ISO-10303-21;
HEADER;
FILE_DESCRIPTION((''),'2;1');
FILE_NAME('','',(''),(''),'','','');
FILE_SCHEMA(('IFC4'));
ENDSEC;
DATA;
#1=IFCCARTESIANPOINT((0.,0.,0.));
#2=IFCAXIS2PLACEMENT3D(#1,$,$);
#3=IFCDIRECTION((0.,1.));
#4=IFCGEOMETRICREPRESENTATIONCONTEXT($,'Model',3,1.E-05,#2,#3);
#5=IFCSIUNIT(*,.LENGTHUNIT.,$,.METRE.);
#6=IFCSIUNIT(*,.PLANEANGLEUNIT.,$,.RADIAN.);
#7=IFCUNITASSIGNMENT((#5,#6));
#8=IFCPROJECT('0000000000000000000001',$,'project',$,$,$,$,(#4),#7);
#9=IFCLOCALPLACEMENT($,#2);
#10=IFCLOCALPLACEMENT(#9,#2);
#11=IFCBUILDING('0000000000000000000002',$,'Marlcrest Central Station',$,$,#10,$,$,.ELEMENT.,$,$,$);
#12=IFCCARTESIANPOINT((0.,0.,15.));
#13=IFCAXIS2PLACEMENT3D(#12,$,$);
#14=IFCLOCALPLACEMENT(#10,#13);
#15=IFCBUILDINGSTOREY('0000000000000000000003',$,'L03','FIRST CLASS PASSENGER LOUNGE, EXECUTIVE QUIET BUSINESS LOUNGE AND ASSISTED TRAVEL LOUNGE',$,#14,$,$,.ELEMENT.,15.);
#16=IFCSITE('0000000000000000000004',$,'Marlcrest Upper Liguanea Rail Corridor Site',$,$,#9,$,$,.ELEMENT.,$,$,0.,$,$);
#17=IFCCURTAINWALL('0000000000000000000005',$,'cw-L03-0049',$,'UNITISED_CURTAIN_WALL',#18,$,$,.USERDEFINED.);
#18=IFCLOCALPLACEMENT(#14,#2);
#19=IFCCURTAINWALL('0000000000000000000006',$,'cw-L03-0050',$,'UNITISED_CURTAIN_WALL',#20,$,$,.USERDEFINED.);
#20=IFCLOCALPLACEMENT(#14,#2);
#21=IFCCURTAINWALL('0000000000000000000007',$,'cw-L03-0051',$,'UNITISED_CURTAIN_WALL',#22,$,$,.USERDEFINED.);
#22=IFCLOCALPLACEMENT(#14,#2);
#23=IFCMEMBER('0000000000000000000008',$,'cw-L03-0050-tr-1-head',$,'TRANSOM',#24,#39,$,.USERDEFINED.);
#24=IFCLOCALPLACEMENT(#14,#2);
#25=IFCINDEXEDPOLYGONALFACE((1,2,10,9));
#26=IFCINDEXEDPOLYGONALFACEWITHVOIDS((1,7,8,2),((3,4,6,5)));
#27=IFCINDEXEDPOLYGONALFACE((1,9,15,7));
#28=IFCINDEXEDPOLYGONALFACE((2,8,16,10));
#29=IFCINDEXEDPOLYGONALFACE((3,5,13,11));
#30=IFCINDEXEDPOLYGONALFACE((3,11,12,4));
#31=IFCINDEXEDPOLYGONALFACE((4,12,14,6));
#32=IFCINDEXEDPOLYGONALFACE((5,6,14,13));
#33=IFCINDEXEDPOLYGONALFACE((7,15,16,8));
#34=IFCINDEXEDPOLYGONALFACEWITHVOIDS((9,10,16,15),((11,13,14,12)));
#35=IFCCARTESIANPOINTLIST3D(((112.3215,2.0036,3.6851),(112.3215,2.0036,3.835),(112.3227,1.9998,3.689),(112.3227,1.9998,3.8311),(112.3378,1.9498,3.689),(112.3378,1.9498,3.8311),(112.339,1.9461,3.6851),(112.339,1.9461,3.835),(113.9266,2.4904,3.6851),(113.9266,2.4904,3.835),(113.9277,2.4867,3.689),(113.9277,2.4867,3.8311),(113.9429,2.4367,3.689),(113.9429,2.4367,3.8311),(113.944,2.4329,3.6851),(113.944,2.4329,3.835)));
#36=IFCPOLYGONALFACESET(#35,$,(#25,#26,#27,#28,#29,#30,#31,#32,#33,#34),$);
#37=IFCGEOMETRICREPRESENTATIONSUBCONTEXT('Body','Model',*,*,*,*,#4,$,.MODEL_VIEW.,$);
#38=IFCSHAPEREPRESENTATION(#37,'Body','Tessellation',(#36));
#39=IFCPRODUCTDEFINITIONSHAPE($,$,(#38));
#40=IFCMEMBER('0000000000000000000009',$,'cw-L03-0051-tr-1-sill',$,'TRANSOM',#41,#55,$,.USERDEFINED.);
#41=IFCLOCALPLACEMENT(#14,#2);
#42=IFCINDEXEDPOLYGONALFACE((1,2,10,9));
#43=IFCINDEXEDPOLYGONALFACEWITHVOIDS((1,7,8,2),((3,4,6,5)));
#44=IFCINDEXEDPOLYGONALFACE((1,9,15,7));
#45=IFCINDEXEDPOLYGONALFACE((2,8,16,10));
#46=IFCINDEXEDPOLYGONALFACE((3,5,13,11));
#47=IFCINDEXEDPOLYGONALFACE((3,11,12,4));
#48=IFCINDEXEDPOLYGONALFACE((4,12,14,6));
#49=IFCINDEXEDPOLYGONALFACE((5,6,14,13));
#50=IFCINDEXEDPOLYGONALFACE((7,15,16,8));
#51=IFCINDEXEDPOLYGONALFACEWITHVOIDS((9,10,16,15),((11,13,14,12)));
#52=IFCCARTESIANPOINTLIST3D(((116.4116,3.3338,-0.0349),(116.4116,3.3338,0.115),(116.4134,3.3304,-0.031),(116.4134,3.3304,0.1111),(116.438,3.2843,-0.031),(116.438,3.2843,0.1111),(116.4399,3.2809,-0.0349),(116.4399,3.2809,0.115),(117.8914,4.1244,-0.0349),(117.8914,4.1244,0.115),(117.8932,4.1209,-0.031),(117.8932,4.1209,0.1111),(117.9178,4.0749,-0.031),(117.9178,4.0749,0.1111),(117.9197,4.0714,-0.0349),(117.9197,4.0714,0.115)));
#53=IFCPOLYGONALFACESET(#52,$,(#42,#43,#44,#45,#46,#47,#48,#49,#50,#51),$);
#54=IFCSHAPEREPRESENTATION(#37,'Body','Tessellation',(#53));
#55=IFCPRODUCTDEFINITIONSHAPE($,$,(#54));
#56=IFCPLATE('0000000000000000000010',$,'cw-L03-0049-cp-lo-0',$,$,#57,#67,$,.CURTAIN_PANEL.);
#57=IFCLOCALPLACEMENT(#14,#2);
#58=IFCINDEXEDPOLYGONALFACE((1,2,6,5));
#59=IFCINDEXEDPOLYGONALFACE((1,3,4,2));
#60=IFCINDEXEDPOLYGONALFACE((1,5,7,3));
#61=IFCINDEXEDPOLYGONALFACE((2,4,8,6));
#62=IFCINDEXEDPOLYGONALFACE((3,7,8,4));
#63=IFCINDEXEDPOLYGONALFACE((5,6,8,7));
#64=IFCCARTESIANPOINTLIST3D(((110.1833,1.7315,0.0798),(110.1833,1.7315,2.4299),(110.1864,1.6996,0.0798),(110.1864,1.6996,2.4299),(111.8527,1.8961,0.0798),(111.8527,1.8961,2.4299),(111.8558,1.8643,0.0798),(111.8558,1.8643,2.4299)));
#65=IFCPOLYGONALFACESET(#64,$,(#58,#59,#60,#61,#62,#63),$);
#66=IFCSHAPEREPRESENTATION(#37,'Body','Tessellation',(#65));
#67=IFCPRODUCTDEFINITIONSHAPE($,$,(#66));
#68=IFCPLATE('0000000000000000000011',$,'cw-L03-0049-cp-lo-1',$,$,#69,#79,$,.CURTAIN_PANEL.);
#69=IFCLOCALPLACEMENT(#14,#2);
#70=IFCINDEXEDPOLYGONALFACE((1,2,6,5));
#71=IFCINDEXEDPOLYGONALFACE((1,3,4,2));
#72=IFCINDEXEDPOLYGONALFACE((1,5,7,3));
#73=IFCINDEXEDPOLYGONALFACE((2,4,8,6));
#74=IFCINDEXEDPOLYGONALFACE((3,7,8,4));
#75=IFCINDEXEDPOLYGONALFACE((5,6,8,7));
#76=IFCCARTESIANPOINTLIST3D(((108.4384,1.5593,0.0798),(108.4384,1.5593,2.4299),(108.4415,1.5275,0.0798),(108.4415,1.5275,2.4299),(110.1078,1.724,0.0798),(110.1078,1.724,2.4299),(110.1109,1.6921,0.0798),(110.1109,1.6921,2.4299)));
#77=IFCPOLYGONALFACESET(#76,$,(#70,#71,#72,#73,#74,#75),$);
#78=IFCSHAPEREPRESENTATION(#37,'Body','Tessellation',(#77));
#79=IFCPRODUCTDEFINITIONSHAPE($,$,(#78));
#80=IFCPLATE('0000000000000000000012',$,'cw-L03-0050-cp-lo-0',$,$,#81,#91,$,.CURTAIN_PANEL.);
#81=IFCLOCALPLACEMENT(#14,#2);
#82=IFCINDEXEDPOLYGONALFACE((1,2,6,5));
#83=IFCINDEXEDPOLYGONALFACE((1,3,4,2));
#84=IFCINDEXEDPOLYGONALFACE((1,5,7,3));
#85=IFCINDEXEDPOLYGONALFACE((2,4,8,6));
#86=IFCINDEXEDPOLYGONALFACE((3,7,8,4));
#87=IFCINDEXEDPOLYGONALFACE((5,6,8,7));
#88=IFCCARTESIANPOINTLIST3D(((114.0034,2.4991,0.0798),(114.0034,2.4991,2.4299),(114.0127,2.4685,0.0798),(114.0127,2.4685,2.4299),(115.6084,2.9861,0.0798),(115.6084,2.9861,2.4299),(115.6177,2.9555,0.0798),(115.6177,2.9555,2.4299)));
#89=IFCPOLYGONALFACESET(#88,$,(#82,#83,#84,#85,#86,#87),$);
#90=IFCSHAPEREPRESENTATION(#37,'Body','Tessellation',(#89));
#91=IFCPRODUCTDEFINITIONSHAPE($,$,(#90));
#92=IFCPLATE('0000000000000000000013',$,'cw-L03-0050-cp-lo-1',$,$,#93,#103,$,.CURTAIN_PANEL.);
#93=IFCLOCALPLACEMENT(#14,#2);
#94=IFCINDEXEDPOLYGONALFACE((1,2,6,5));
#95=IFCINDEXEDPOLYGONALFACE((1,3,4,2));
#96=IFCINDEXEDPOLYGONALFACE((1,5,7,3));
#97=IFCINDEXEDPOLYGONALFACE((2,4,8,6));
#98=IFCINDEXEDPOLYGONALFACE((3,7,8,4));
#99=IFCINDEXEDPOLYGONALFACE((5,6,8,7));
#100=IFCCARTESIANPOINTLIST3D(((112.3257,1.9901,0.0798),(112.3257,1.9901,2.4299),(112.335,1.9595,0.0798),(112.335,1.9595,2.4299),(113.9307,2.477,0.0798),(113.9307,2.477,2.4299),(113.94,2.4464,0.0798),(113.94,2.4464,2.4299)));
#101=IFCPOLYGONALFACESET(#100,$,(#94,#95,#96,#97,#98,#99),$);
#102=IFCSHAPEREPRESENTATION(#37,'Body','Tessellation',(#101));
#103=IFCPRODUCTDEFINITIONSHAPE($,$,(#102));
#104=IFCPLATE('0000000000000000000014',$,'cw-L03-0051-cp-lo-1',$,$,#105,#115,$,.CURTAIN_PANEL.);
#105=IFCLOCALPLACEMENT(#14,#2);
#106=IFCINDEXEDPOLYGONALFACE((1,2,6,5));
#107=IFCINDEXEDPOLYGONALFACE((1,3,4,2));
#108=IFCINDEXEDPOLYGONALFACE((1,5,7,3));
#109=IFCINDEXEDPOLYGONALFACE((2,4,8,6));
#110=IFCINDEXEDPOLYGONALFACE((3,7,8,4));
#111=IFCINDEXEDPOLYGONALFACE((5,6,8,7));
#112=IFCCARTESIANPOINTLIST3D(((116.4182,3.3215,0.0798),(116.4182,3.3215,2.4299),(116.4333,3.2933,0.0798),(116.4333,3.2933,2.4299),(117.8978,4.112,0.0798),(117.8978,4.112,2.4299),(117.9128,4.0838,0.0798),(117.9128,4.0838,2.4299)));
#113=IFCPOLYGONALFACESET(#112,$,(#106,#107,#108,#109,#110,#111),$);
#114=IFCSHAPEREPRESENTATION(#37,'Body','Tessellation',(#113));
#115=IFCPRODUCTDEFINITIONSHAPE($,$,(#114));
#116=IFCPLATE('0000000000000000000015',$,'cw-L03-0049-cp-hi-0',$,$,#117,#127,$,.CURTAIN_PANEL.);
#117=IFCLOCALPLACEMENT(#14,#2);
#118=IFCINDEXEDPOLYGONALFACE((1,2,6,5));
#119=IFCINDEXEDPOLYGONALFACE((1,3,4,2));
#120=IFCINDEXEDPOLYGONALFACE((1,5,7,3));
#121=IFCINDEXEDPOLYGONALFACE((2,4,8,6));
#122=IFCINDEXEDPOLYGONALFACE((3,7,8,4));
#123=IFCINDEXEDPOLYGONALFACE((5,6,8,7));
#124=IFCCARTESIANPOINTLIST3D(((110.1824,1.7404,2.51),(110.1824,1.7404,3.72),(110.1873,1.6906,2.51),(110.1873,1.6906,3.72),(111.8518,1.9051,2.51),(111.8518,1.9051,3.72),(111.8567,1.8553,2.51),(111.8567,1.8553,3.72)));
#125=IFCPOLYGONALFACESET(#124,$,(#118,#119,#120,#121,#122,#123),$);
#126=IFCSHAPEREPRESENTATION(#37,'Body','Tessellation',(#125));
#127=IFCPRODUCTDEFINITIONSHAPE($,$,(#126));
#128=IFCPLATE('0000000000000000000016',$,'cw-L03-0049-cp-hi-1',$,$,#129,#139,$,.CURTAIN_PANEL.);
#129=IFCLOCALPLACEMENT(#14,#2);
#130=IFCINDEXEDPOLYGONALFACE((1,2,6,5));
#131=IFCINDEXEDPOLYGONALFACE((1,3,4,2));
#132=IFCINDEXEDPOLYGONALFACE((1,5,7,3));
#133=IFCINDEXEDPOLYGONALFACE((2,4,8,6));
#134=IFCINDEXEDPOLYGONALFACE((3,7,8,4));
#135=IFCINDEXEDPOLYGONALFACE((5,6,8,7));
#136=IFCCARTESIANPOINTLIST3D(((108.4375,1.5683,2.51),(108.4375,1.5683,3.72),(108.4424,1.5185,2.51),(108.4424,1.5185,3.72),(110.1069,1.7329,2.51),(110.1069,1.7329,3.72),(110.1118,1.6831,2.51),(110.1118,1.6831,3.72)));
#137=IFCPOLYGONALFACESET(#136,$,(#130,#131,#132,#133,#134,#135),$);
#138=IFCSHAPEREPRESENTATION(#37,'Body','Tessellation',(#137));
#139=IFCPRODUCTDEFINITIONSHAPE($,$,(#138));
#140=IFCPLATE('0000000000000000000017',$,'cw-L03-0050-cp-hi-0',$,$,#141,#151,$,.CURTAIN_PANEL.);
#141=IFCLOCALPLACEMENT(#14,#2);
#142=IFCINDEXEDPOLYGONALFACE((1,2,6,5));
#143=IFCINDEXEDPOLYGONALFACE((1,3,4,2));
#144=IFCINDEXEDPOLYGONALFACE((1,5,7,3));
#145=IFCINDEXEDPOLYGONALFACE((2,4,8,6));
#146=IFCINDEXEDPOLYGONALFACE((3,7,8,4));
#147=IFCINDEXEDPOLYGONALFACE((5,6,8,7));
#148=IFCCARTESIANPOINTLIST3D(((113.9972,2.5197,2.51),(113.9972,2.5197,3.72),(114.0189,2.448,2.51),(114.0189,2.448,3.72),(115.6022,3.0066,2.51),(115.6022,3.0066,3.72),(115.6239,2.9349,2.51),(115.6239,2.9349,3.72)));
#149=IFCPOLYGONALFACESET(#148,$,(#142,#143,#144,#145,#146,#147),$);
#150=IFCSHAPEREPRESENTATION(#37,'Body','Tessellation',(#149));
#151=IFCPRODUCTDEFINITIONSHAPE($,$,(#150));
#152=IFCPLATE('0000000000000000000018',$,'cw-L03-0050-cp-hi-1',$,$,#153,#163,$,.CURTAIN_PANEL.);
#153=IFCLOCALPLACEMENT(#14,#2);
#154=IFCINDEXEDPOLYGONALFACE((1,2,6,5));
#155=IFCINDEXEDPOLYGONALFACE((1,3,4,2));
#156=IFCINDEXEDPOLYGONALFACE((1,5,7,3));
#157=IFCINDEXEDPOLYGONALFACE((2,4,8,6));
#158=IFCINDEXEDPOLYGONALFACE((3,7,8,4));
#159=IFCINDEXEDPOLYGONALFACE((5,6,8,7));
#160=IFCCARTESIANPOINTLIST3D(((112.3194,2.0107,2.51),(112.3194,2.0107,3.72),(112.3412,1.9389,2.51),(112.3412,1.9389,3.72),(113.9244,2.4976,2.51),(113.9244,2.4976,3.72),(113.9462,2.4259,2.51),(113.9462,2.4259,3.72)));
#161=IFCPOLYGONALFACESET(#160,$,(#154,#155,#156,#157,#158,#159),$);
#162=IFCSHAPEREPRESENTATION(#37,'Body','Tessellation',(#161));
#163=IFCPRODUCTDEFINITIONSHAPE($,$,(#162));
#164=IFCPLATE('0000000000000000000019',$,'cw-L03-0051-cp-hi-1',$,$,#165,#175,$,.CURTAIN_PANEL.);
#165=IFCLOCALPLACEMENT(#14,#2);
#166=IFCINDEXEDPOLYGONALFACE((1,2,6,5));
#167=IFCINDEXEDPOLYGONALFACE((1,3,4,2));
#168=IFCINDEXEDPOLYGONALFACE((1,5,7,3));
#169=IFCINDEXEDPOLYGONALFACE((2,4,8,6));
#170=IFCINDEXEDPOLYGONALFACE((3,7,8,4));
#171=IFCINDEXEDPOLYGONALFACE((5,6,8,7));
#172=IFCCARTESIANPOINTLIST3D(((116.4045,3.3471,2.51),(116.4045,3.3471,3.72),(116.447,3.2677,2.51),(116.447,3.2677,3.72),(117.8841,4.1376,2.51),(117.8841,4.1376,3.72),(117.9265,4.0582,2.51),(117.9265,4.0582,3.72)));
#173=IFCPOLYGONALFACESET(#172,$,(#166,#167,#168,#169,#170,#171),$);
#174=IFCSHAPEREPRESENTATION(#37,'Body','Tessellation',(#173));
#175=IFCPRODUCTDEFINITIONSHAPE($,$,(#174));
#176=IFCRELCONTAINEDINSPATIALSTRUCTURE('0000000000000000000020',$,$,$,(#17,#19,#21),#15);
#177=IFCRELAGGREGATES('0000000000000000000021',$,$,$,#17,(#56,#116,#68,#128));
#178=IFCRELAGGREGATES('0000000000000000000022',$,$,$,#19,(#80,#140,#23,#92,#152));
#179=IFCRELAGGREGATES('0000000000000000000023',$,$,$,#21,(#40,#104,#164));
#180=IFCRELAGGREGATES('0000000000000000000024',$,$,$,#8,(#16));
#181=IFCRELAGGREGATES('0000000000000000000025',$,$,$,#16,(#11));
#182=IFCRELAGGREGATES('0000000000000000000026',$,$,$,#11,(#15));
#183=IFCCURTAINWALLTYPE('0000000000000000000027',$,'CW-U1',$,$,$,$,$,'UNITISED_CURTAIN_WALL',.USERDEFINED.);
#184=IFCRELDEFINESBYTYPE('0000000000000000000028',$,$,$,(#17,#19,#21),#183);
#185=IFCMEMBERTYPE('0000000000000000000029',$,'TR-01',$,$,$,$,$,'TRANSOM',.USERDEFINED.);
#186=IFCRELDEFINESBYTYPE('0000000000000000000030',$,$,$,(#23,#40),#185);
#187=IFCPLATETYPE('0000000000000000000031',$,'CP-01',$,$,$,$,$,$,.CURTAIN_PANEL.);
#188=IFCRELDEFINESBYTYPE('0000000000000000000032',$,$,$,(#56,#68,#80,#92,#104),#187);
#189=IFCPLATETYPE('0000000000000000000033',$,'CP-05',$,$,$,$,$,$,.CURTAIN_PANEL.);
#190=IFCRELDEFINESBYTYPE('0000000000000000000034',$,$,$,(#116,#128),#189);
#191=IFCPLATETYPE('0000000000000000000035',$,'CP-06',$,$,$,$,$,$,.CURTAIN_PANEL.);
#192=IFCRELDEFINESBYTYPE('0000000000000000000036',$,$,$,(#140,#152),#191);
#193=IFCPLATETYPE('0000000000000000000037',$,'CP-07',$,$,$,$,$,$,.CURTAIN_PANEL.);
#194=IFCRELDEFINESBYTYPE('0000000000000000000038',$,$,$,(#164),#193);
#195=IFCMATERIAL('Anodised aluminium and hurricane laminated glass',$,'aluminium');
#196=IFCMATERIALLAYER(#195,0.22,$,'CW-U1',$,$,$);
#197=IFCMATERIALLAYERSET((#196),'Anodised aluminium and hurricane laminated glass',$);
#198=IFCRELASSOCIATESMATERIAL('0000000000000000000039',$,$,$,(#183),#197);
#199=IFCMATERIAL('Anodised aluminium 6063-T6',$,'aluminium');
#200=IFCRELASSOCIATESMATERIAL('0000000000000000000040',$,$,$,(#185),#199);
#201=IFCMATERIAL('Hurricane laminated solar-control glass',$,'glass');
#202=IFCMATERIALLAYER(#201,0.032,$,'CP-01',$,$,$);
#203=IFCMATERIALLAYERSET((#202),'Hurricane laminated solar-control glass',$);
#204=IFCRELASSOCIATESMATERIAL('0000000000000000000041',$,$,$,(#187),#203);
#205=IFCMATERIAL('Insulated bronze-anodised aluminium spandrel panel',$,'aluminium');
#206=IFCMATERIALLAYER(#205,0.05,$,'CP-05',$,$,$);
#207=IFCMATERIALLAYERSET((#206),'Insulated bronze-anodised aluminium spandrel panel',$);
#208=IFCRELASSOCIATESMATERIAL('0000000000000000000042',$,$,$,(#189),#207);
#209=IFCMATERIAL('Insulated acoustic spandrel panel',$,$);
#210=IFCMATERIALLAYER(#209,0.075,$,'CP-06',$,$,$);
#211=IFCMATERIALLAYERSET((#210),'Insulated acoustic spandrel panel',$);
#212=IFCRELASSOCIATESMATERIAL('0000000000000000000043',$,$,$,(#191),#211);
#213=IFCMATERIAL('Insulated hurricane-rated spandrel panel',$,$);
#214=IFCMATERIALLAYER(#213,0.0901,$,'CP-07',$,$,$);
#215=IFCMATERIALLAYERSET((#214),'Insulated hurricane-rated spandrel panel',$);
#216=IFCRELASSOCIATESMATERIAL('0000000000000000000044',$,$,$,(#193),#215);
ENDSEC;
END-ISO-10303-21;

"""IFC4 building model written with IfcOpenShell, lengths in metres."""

from ifc_helpers import new_model, si_unit, direction, frame, origin, origin_2d, place, context, subcontext, project, spatial, rectangle, hollow_rectangle, extrude, material, layer, layer_set, material_profile, profile_set, type_object, element, aggregate, save


model = new_model("IFC4")

# Units and contexts
model_context = context("Model", 3, precision=1e-05, world=origin(), true_north=direction((0.0, 1.0)))
body_context = subcontext(model_context, "Body", "Model", "MODEL_VIEW")
ifc_project = project(units=[si_unit("LENGTHUNIT", "METRE"), si_unit("PLANEANGLEUNIT", "RADIAN")], contexts=[model_context])

# Site, building, storey
site_placement = place(None, origin())
site = spatial("IfcSite", under=ifc_project, at=site_placement, Name="Marlcrest Upper Liguanea Rail Corridor Site", CompositionType="ELEMENT", RefElevation=0.0)
building_placement = place(site_placement, origin())
building = spatial("IfcBuilding", under=site, at=building_placement, Name="Marlcrest Central Station", CompositionType="ELEMENT")
storey_placement = place(building_placement, frame((0.0, 0.0, 15.0)))
storey = spatial("IfcBuildingStorey", under=building, at=storey_placement, Name="L03", Description="FIRST CLASS PASSENGER LOUNGE, EXECUTIVE QUIET BUSINESS LOUNGE AND ASSISTED TRAVEL LOUNGE", CompositionType="ELEMENT", Elevation=15.0)

# Curtain walls
ifc_material_1 = material(Name="Anodised aluminium and hurricane laminated glass", Category="aluminium")
ifc_layer_1 = layer(ifc_material_1, 0.22, Name="CW-U1")
ifc_layer_set_1 = layer_set([ifc_layer_1], Name="Anodised aluminium and hurricane laminated glass")
curtain_wall_type = type_object("IfcCurtainWallType", Name="CW-U1", ElementType="UNITISED_CURTAIN_WALL", PredefinedType="USERDEFINED", material=ifc_layer_set_1)
curtain_wall_1_placement = place(storey_placement, origin())
curtain_wall_1 = element("IfcCurtainWall", 1, at=curtain_wall_1_placement, inside=storey, type_object=curtain_wall_type, Name="cw-L03-0049", ObjectType="UNITISED_CURTAIN_WALL", PredefinedType="USERDEFINED")
ifc_material_2 = material(Name="Anodised aluminium 6063-T6", Category="aluminium")
curtain_wall_2_placement = place(storey_placement, origin())
curtain_wall_2 = element("IfcCurtainWall", 2, at=curtain_wall_2_placement, inside=storey, type_object=curtain_wall_type, Name="cw-L03-0050", ObjectType="UNITISED_CURTAIN_WALL", PredefinedType="USERDEFINED")

# Curtain wall
curtain_wall_3_placement = place(storey_placement, origin())
curtain_wall_3 = element("IfcCurtainWall", 3, at=curtain_wall_3_placement, inside=storey, type_object=curtain_wall_type, Name="cw-L03-0051", ObjectType="UNITISED_CURTAIN_WALL", PredefinedType="USERDEFINED")

# Members
ifc_material_profile_1 = material_profile(ifc_material_2, hollow_rectangle(XDim=0.0601, YDim=0.1499, WallThickness=0.0039, at=origin_2d()), Name="AA-RHS 150x60x4")
ifc_profile_set_1 = profile_set([ifc_material_profile_1], Name="Anodised aluminium 6063-T6")
member_type_1 = type_object("IfcMemberType", Name="TR-01", ElementType="TRANSOM", PredefinedType="USERDEFINED", material=ifc_profile_set_1)
member_1_placement = place(storey_placement, frame((113.9353, 2.4617, 3.76), z_axis=(-0.956948, -0.290258, 0.0), x_axis=(0.290258, -0.956948, 0.0)))
member_1 = element("IfcMember", 4, at=member_1_placement, type_object=member_type_1, Name="cw-L03-0050-tr-1-head", ObjectType="TRANSOM", PredefinedType="USERDEFINED", context=body_context, shape_type="SweptSolid", body=[
    extrude(hollow_rectangle(XDim=0.0601, YDim=0.1499, WallThickness=0.0039, at=origin_2d()), origin(), (0.0, 0.0, 1.0), 1.6772),
])
member_2_placement = place(storey_placement, frame((117.9055, 4.0979, 0.04), z_axis=(-0.882022, -0.471207, 0.0), x_axis=(0.471207, -0.882022, 0.0)))
member_2 = element("IfcMember", 5, at=member_2_placement, type_object=member_type_1, Name="cw-L03-0051-tr-1-sill", ObjectType="TRANSOM", PredefinedType="USERDEFINED", context=body_context, shape_type="SweptSolid", body=[
    extrude(hollow_rectangle(XDim=0.0601, YDim=0.1499, WallThickness=0.0039, at=origin_2d()), origin(), (0.0, 0.0, 1.0), 1.6777),
])

# Plates
ifc_material_3 = material(Name="Hurricane laminated solar-control glass", Category="glass")
ifc_layer_2 = layer(ifc_material_3, 0.032, Name="CP-01")
ifc_layer_set_2 = layer_set([ifc_layer_2], Name="Hurricane laminated solar-control glass")
plate_type_1 = type_object("IfcPlateType", Name="CP-01", PredefinedType="CURTAIN_PANEL", material=ifc_layer_set_2)
plate_1_placement = place(storey_placement, frame((111.0195, 1.7979, 0.0798), z_axis=(0.0, 0.0, 1.0), x_axis=(-0.995173, -0.098139, 0.0)))
plate_1 = element("IfcPlate", 6, at=plate_1_placement, type_object=plate_type_1, Name="cw-L03-0049-cp-lo-0", PredefinedType="CURTAIN_PANEL", context=body_context, shape_type="SweptSolid", body=[
    extrude(rectangle(XDim=1.6775, YDim=0.032, at=origin_2d()), origin(), (0.0, 0.0, 1.0), 2.3501),
])
plate_2_placement = place(storey_placement, frame((109.2747, 1.6257, 0.0798), z_axis=(0.0, 0.0, 1.0), x_axis=(-0.995173, -0.098139, 0.0)))
plate_2 = element("IfcPlate", 7, at=plate_2_placement, type_object=plate_type_1, Name="cw-L03-0049-cp-lo-1", PredefinedType="CURTAIN_PANEL", context=body_context, shape_type="SweptSolid", body=[
    extrude(rectangle(XDim=1.6775, YDim=0.032, at=origin_2d()), origin(), (0.0, 0.0, 1.0), 2.3501),
])
plate_3_placement = place(storey_placement, frame((114.8105, 2.7273, 0.0798), z_axis=(0.0, 0.0, 1.0), x_axis=(-0.95693, -0.290318, 0.0)))
plate_3 = element("IfcPlate", 8, at=plate_3_placement, type_object=plate_type_1, Name="cw-L03-0050-cp-lo-0", PredefinedType="CURTAIN_PANEL", context=body_context, shape_type="SweptSolid", body=[
    extrude(rectangle(XDim=1.6772, YDim=0.032, at=origin_2d()), origin(), (0.0, 0.0, 1.0), 2.3501),
])
plate_4_placement = place(storey_placement, frame((113.1328, 2.2183, 0.0798), z_axis=(0.0, 0.0, 1.0), x_axis=(-0.95693, -0.290318, 0.0)))
plate_4 = element("IfcPlate", 9, at=plate_4_placement, type_object=plate_type_1, Name="cw-L03-0050-cp-lo-1", PredefinedType="CURTAIN_PANEL", context=body_context, shape_type="SweptSolid", body=[
    extrude(rectangle(XDim=1.6772, YDim=0.032, at=origin_2d()), origin(), (0.0, 0.0, 1.0), 2.3501),
])
plate_5_placement = place(storey_placement, frame((117.1655, 3.7026, 0.0798), z_axis=(0.0, 0.0, 1.0), x_axis=(-0.882004, -0.471243, 0.0)))
plate_5 = element("IfcPlate", 10, at=plate_5_placement, type_object=plate_type_1, Name="cw-L03-0051-cp-lo-1", PredefinedType="CURTAIN_PANEL", context=body_context, shape_type="SweptSolid", body=[
    extrude(rectangle(XDim=1.6775, YDim=0.032, at=origin_2d()), origin(), (0.0, 0.0, 1.0), 2.3501),
])
ifc_material_4 = material(Name="Insulated bronze-anodised aluminium spandrel panel", Category="aluminium")
ifc_layer_3 = layer(ifc_material_4, 0.05, Name="CP-05")
ifc_layer_set_3 = layer_set([ifc_layer_3], Name="Insulated bronze-anodised aluminium spandrel panel")
plate_type_2 = type_object("IfcPlateType", Name="CP-05", PredefinedType="CURTAIN_PANEL", material=ifc_layer_set_3)
plate_6_placement = place(storey_placement, frame((111.0195, 1.7979, 2.51), z_axis=(0.0, 0.0, 1.0), x_axis=(-0.995173, -0.098139, 0.0)))
plate_6 = element("IfcPlate", 11, at=plate_6_placement, type_object=plate_type_2, Name="cw-L03-0049-cp-hi-0", PredefinedType="CURTAIN_PANEL", context=body_context, shape_type="SweptSolid", body=[
    extrude(rectangle(XDim=1.6775, YDim=0.05, at=origin_2d()), origin(), (0.0, 0.0, 1.0), 1.21),
])
plate_7_placement = place(storey_placement, frame((109.2747, 1.6257, 2.51), z_axis=(0.0, 0.0, 1.0), x_axis=(-0.995173, -0.098139, 0.0)))
plate_7 = element("IfcPlate", 12, at=plate_7_placement, type_object=plate_type_2, Name="cw-L03-0049-cp-hi-1", PredefinedType="CURTAIN_PANEL", context=body_context, shape_type="SweptSolid", body=[
    extrude(rectangle(XDim=1.6775, YDim=0.05, at=origin_2d()), origin(), (0.0, 0.0, 1.0), 1.21),
])
aggregate(curtain_wall_1, [plate_1, plate_6, plate_2, plate_7])
ifc_material_5 = material(Name="Insulated acoustic spandrel panel")
ifc_layer_4 = layer(ifc_material_5, 0.075, Name="CP-06")
ifc_layer_set_4 = layer_set([ifc_layer_4], Name="Insulated acoustic spandrel panel")
plate_type_3 = type_object("IfcPlateType", Name="CP-06", PredefinedType="CURTAIN_PANEL", material=ifc_layer_set_4)
plate_8_placement = place(storey_placement, frame((114.8105, 2.7273, 2.51), z_axis=(0.0, 0.0, 1.0), x_axis=(-0.95693, -0.290318, 0.0)))
plate_8 = element("IfcPlate", 13, at=plate_8_placement, type_object=plate_type_3, Name="cw-L03-0050-cp-hi-0", PredefinedType="CURTAIN_PANEL", context=body_context, shape_type="SweptSolid", body=[
    extrude(rectangle(XDim=1.6772, YDim=0.075, at=origin_2d()), origin(), (0.0, 0.0, 1.0), 1.21),
])
plate_9_placement = place(storey_placement, frame((113.1328, 2.2183, 2.51), z_axis=(0.0, 0.0, 1.0), x_axis=(-0.95693, -0.290318, 0.0)))
plate_9 = element("IfcPlate", 14, at=plate_9_placement, type_object=plate_type_3, Name="cw-L03-0050-cp-hi-1", PredefinedType="CURTAIN_PANEL", context=body_context, shape_type="SweptSolid", body=[
    extrude(rectangle(XDim=1.6772, YDim=0.075, at=origin_2d()), origin(), (0.0, 0.0, 1.0), 1.21),
])
aggregate(curtain_wall_2, [plate_3, plate_8, member_1, plate_4, plate_9])
ifc_material_6 = material(Name="Insulated hurricane-rated spandrel panel")
ifc_layer_5 = layer(ifc_material_6, 0.0901, Name="CP-07")
ifc_layer_set_5 = layer_set([ifc_layer_5], Name="Insulated hurricane-rated spandrel panel")
plate_type_4 = type_object("IfcPlateType", Name="CP-07", PredefinedType="CURTAIN_PANEL", material=ifc_layer_set_5)
plate_10_placement = place(storey_placement, frame((117.1655, 3.7026, 2.51), z_axis=(0.0, 0.0, 1.0), x_axis=(-0.882004, -0.471243, 0.0)))
plate_10 = element("IfcPlate", 15, at=plate_10_placement, type_object=plate_type_4, Name="cw-L03-0051-cp-hi-1", PredefinedType="CURTAIN_PANEL", context=body_context, shape_type="SweptSolid", body=[
    extrude(rectangle(XDim=1.6775, YDim=0.0901, at=origin_2d()), origin(), (0.0, 0.0, 1.0), 1.21),
])
aggregate(curtain_wall_3, [member_2, plate_5, plate_10])

save(model, "model.ifc")
